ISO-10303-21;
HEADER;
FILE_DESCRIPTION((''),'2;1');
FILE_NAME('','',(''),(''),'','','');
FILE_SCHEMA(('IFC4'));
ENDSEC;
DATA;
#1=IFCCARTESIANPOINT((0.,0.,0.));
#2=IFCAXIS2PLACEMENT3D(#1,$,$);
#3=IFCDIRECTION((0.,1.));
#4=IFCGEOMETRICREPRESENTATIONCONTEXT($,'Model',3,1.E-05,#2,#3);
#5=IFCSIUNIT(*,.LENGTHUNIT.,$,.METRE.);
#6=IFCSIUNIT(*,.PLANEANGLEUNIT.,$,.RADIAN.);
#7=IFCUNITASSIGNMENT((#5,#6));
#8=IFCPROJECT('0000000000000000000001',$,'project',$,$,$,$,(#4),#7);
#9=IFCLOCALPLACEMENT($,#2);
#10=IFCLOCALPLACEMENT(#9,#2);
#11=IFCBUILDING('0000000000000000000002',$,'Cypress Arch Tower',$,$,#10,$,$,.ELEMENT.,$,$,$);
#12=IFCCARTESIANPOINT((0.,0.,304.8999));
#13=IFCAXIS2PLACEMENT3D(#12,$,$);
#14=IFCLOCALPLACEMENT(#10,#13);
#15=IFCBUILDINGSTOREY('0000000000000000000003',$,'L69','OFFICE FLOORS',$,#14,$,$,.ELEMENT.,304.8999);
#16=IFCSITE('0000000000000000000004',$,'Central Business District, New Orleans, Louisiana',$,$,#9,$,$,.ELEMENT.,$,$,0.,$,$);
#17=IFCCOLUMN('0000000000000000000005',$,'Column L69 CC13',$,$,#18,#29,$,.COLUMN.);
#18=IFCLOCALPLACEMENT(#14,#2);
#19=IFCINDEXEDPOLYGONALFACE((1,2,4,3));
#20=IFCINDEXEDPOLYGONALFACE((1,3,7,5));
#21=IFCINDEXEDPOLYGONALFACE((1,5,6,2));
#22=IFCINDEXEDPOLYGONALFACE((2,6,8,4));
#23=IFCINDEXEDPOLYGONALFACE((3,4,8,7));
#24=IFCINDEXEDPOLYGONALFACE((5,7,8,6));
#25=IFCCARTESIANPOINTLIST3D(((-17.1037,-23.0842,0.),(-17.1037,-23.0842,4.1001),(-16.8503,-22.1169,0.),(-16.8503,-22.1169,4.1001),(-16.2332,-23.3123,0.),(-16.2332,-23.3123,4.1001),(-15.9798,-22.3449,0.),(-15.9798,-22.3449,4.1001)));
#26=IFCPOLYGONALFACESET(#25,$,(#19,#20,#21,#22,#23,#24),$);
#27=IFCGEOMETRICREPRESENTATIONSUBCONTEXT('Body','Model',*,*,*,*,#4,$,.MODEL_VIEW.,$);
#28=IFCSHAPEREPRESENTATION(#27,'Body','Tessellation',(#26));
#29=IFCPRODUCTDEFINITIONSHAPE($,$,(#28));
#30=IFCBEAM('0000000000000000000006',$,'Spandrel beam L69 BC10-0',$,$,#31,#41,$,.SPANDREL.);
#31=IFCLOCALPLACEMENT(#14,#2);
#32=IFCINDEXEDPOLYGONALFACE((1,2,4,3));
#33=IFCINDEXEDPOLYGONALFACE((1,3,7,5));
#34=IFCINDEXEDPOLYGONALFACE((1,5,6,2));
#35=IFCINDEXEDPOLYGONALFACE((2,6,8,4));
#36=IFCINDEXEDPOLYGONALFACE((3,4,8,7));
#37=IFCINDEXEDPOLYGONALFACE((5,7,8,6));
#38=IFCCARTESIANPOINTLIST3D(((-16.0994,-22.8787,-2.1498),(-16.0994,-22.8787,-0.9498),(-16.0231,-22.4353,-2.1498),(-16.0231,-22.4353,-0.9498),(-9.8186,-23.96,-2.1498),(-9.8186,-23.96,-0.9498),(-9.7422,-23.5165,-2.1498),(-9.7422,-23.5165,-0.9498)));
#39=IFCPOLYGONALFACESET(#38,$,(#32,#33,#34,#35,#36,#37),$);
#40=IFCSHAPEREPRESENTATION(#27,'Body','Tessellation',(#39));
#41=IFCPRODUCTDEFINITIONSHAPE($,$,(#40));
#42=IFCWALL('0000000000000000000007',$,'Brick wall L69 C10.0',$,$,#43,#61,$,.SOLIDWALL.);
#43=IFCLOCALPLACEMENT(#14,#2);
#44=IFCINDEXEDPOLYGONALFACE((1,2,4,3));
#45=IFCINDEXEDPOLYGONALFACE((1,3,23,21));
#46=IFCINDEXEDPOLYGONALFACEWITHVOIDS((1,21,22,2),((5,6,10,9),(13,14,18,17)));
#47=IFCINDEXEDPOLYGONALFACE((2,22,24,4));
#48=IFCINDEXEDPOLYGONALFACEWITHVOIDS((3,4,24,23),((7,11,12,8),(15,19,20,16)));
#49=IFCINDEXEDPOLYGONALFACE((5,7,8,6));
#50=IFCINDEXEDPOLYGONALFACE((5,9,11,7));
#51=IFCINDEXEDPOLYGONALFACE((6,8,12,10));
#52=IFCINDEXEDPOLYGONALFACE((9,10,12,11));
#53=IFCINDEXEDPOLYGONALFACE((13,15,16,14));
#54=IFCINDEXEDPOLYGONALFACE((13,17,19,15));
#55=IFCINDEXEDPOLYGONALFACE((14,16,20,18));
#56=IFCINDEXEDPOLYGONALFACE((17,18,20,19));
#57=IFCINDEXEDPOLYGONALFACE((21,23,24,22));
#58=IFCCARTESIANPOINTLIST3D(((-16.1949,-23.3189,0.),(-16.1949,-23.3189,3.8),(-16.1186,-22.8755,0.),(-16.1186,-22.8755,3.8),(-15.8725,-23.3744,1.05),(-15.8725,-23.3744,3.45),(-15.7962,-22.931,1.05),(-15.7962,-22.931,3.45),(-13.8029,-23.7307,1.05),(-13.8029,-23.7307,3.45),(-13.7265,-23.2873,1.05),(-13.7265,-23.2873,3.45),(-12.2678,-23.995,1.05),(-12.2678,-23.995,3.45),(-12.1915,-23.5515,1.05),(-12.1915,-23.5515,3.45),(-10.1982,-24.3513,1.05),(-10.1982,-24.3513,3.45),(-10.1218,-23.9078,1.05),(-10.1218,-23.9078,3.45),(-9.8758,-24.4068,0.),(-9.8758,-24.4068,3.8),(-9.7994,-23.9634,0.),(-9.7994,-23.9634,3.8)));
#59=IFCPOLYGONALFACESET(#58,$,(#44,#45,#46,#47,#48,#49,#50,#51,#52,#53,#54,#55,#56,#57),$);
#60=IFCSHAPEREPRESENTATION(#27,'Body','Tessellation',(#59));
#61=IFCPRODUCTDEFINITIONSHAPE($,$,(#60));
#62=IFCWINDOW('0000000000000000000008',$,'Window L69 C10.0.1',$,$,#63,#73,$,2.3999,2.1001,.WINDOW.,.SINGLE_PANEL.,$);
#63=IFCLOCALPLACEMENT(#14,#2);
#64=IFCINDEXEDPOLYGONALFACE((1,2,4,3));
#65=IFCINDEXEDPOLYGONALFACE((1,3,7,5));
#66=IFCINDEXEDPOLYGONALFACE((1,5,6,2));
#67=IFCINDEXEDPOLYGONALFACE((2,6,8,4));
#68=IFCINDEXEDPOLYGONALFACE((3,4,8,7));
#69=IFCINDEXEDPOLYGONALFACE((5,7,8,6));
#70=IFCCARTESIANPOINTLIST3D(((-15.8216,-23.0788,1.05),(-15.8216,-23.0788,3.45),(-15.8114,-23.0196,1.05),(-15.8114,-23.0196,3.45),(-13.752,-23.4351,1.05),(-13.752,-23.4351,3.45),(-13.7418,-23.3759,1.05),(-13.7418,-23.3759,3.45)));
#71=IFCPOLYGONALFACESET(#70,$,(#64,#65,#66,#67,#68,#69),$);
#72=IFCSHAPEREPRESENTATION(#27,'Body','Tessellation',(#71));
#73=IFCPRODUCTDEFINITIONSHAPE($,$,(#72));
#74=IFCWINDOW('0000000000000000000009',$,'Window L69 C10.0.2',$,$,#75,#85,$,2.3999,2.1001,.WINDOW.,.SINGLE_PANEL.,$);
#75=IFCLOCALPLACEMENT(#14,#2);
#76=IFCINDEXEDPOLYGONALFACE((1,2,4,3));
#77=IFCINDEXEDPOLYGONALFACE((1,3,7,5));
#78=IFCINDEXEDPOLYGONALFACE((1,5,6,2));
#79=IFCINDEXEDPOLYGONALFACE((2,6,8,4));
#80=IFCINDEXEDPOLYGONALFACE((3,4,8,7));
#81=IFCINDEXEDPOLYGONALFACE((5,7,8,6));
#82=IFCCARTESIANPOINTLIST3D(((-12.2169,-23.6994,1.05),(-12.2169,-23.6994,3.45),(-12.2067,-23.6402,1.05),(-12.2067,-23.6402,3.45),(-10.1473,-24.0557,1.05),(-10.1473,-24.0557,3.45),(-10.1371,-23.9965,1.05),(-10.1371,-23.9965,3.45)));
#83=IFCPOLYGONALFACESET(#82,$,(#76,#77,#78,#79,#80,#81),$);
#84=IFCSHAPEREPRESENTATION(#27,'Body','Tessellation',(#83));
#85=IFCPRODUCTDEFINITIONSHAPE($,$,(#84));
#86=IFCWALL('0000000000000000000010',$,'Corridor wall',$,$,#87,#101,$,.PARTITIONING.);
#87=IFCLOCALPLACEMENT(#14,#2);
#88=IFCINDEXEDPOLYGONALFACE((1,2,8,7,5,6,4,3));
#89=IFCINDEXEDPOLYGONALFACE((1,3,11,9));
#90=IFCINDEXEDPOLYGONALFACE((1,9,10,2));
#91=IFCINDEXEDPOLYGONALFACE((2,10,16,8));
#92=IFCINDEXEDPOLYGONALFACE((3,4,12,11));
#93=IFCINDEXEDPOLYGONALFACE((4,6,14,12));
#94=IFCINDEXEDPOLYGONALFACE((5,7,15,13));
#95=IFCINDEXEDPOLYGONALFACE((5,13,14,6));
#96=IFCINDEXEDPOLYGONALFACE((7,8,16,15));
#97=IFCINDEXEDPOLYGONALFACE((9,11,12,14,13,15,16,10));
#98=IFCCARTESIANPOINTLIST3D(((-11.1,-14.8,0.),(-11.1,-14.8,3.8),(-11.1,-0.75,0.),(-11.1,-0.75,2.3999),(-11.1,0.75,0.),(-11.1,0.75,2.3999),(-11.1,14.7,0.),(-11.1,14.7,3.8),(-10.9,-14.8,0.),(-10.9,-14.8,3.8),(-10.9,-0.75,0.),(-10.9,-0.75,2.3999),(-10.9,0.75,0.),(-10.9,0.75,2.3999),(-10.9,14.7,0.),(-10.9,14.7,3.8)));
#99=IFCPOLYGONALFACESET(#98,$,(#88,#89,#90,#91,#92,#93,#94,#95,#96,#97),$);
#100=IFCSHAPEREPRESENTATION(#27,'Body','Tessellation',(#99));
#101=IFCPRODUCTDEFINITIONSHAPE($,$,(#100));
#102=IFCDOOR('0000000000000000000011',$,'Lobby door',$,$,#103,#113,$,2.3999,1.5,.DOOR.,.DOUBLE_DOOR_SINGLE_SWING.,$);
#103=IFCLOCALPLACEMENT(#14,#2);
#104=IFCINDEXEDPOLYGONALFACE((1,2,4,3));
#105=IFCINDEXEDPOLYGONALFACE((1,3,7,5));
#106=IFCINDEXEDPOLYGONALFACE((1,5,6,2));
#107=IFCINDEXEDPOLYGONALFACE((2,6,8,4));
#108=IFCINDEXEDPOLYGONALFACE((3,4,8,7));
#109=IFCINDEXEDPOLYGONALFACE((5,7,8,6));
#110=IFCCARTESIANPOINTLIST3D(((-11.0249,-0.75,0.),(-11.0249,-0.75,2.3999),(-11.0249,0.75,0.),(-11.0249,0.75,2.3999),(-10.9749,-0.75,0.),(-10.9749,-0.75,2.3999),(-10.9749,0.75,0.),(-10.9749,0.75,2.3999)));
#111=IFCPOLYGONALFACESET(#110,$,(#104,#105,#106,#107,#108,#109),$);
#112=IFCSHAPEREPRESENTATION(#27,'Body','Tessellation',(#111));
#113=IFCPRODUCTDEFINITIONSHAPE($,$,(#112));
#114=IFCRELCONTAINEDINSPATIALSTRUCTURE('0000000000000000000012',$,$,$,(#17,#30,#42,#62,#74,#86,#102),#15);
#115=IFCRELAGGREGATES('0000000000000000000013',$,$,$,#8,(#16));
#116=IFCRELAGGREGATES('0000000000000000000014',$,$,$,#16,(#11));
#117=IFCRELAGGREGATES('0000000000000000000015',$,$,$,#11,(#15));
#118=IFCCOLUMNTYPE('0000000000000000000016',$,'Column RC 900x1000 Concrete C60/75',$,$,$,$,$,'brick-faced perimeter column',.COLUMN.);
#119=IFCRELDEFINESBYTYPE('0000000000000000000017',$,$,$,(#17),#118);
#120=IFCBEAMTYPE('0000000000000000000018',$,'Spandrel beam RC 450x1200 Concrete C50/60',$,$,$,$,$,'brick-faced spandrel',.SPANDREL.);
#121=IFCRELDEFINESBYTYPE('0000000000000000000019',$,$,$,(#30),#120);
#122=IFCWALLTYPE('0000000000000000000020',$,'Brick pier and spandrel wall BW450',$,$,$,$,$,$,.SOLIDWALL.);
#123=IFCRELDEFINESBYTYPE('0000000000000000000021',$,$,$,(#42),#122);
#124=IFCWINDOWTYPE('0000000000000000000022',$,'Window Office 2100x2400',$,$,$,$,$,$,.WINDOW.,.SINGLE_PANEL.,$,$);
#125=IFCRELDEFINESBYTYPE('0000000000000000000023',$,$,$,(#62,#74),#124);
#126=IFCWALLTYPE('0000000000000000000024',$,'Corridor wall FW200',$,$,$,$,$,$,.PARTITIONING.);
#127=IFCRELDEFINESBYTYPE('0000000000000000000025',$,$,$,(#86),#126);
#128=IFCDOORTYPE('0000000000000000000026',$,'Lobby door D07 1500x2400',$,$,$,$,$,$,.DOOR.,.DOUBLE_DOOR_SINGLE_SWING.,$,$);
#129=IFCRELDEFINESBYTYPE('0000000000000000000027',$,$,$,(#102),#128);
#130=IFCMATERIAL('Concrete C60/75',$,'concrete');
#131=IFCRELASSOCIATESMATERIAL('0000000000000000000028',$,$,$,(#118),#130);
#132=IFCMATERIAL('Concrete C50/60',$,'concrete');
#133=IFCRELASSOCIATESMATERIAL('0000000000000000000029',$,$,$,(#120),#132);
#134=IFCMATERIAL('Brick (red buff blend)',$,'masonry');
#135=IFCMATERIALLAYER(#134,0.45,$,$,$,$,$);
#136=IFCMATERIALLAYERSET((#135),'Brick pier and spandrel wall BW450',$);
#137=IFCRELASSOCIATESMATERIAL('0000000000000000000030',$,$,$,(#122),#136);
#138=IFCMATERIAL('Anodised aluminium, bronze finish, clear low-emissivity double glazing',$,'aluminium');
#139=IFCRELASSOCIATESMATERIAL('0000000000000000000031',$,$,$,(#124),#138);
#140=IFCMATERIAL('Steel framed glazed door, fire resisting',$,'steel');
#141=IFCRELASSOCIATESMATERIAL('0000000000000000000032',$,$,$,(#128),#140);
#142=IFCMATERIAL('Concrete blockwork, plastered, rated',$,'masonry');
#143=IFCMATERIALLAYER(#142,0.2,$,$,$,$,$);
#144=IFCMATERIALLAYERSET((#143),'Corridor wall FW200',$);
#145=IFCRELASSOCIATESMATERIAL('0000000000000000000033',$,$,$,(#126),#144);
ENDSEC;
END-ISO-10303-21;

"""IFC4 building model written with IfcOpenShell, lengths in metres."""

from ifc_helpers import new_model, si_unit, direction, frame, frame_2d, origin, origin_2d, place, context, subcontext, project, spatial, rectangle, extrude, material, layer, layer_set, material_profile, profile_set, type_object, element, fill, save


model = new_model("IFC4")

# Units and contexts
model_context = context("Model", 3, precision=1e-05, world=origin(), true_north=direction((0.0, 1.0)))
body_context = subcontext(model_context, "Body", "Model", "MODEL_VIEW")
ifc_project = project(units=[si_unit("LENGTHUNIT", "METRE"), si_unit("PLANEANGLEUNIT", "RADIAN")], contexts=[model_context])

# Site, building, storey
site_placement = place(None, origin())
site = spatial("IfcSite", under=ifc_project, at=site_placement, Name="Central Business District, New Orleans, Louisiana", CompositionType="ELEMENT", RefElevation=0.0)
building_placement = place(site_placement, origin())
building = spatial("IfcBuilding", under=site, at=building_placement, Name="Cypress Arch Tower", CompositionType="ELEMENT")
storey_placement = place(building_placement, frame((0.0, 0.0, 304.8999)))
storey = spatial("IfcBuildingStorey", under=building, at=storey_placement, Name="L69", Description="OFFICE FLOORS", CompositionType="ELEMENT", Elevation=304.8999)

# Column
ifc_material_1 = material(Name="Concrete C60/75", Category="concrete")
ifc_material_profile_1 = material_profile(ifc_material_1, rectangle(XDim=0.8999, YDim=1.0, at=origin_2d()), Name="RC 900x1000")
ifc_profile_set_1 = profile_set([ifc_material_profile_1], Name="Concrete C60/75")
column_type = type_object("IfcColumnType", Name="Column RC 900x1000 Concrete C60/75", ElementType="brick-faced perimeter column", PredefinedType="COLUMN", material=ifc_profile_set_1)
column_placement = place(storey_placement, frame((-16.5417, -22.7146, 0.0), z_axis=(0.0, 0.0, 1.0), x_axis=(0.967356, -0.253422, 0.0)))
element("IfcColumn", 1, at=column_placement, inside=storey, type_object=column_type, Name="Column L69 CC13", PredefinedType="COLUMN", context=body_context, shape_type="SweptSolid", body=[
    extrude(rectangle(XDim=0.8999, YDim=1.0, at=origin_2d()), origin(), (0.0, 0.0, 1.0), 4.1001),
])

# Beam
ifc_material_2 = material(Name="Concrete C50/60", Category="concrete")
ifc_material_profile_2 = material_profile(ifc_material_2, rectangle(XDim=0.45, YDim=1.2, at=origin_2d()), Name="RC 450x1200")
ifc_profile_set_2 = profile_set([ifc_material_profile_2], Name="Concrete C50/60")
beam_type = type_object("IfcBeamType", Name="Spandrel beam RC 450x1200 Concrete C50/60", ElementType="brick-faced spandrel", PredefinedType="SPANDREL", material=ifc_profile_set_2)
beam_placement = place(storey_placement, frame((-16.0613, -22.657, -1.5498), z_axis=(0.985503, -0.169658, 0.0), x_axis=(0.169658, 0.985503, 0.0)))
element("IfcBeam", 2, at=beam_placement, inside=storey, type_object=beam_type, Name="Spandrel beam L69 BC10-0", PredefinedType="SPANDREL", context=body_context, shape_type="SweptSolid", body=[
    extrude(rectangle(XDim=0.45, YDim=1.2, at=origin_2d()), origin(), (0.0, 0.0, 1.0), 6.3733),
])

# Wall, openings, windows
ifc_material_3 = material(Name="Brick (red buff blend)", Category="masonry")
ifc_layer_1 = layer(ifc_material_3, 0.45)
ifc_layer_set_1 = layer_set([ifc_layer_1], Name="Brick pier and spandrel wall BW450")
wall_type_1 = type_object("IfcWallType", Name="Brick pier and spandrel wall BW450", PredefinedType="SOLIDWALL", material=ifc_layer_set_1)
wall_1_placement = place(storey_placement, frame((-16.1567, -23.0972, 0.0), z_axis=(0.0, 0.0, 1.0), x_axis=(0.985502, -0.169663, 0.0)))
wall_1 = element("IfcWall", 3, at=wall_1_placement, inside=storey, type_object=wall_type_1, Name="Brick wall L69 C10.0", PredefinedType="SOLIDWALL", context=body_context, shape_type="SweptSolid", body=[
    extrude(rectangle(XDim=6.4121, YDim=0.45, at=frame_2d((3.2061, 0.0))), origin(), (0.0, 0.0, 1.0), 3.8),
])
opening_1_placement = place(wall_1_placement, frame((0.3271, 0.0, 1.05)))
opening_1 = element("IfcOpeningElement", 4, at=opening_1_placement, cuts=wall_1, PredefinedType="OPENING", context=body_context, shape_type="SweptSolid", body=[
    extrude(rectangle(XDim=2.1001, YDim=2.3999, at=frame_2d((1.05, 1.2))), frame((0.0, 0.2349, 0.0), z_axis=(0.0, -1.0, 0.0), x_axis=(1.0, 0.0, 0.0)), (0.0, 0.0, 1.0), 0.47),
])
opening_2_placement = place(wall_1_placement, frame((3.9849, 0.0, 1.05)))
opening_2 = element("IfcOpeningElement", 5, at=opening_2_placement, cuts=wall_1, PredefinedType="OPENING", context=body_context, shape_type="SweptSolid", body=[
    extrude(rectangle(XDim=2.1001, YDim=2.3999, at=frame_2d((1.05, 1.2))), frame((0.0, 0.2349, 0.0), z_axis=(0.0, -1.0, 0.0), x_axis=(1.0, 0.0, 0.0)), (0.0, 0.0, 1.0), 0.47),
])
ifc_material_4 = material(Name="Anodised aluminium, bronze finish, clear low-emissivity double glazing", Category="aluminium")
window_type = type_object("IfcWindowType", Name="Window Office 2100x2400", PartitioningType="SINGLE_PANEL", PredefinedType="WINDOW", material=ifc_material_4)
window_1_placement = place(opening_1_placement, origin())
window_1 = element("IfcWindow", 6, at=window_1_placement, inside=storey, type_object=window_type, Name="Window L69 C10.0.1", OverallHeight=2.3999, OverallWidth=2.1001, PartitioningType="SINGLE_PANEL", PredefinedType="WINDOW", context=body_context, shape_type="SweptSolid", body=[
    extrude(rectangle(XDim=2.1001, YDim=2.3999, at=frame_2d((1.05, 1.2))), frame((0.0, 0.135, 0.0), z_axis=(0.0, -1.0, 0.0), x_axis=(1.0, 0.0, 0.0)), (0.0, 0.0, 1.0), 0.0601),
])
fill(opening_1, window_1)
window_2_placement = place(opening_2_placement, origin())
window_2 = element("IfcWindow", 7, at=window_2_placement, inside=storey, type_object=window_type, Name="Window L69 C10.0.2", OverallHeight=2.3999, OverallWidth=2.1001, PartitioningType="SINGLE_PANEL", PredefinedType="WINDOW", context=body_context, shape_type="SweptSolid", body=[
    extrude(rectangle(XDim=2.1001, YDim=2.3999, at=frame_2d((1.05, 1.2))), frame((0.0, 0.135, 0.0), z_axis=(0.0, -1.0, 0.0), x_axis=(1.0, 0.0, 0.0)), (0.0, 0.0, 1.0), 0.0601),
])
fill(opening_2, window_2)

# Shared definitions
ifc_material_5 = material(Name="Steel framed glazed door, fire resisting", Category="steel")
door_type_1 = type_object("IfcDoorType", Name="Lobby door D07 1500x2400", OperationType="DOUBLE_DOOR_SINGLE_SWING", PredefinedType="DOOR", material=ifc_material_5)

# Shared definitions
ifc_material_6 = material(Name="Concrete blockwork, plastered, rated", Category="masonry")
ifc_layer_2 = layer(ifc_material_6, 0.2)
ifc_layer_set_2 = layer_set([ifc_layer_2], Name="Corridor wall FW200")
wall_type_2 = type_object("IfcWallType", Name="Corridor wall FW200", PredefinedType="PARTITIONING", material=ifc_layer_set_2)

# Wall, opening, door
wall_2_placement = place(storey_placement, frame((-11.0, -14.8, 0.0), z_axis=(0.0, 0.0, 1.0), x_axis=(0.0, 1.0, 0.0)))
wall_2 = element("IfcWall", 8, at=wall_2_placement, inside=storey, type_object=wall_type_2, Name="Corridor wall", PredefinedType="PARTITIONING", context=body_context, shape_type="SweptSolid", body=[
    extrude(rectangle(XDim=29.5, YDim=0.2, at=frame_2d((14.75, 0.0))), origin(), (0.0, 0.0, 1.0), 3.8),
])
opening_3_placement = place(wall_2_placement, frame((14.05, 0.0, 0.0)))
opening_3 = element("IfcOpeningElement", 9, at=opening_3_placement, cuts=wall_2, PredefinedType="OPENING", context=body_context, shape_type="SweptSolid", body=[
    extrude(rectangle(XDim=1.5, YDim=2.3999, at=frame_2d((0.75, 1.2))), frame((0.0, 0.1099, 0.0), z_axis=(0.0, -1.0, 0.0), x_axis=(1.0, 0.0, 0.0)), (0.0, 0.0, 1.0), 0.22),
])
door_1_placement = place(opening_3_placement, origin())
door_1 = element("IfcDoor", 10, at=door_1_placement, inside=storey, type_object=door_type_1, Name="Lobby door", OperationType="DOUBLE_DOOR_SINGLE_SWING", OverallHeight=2.3999, OverallWidth=1.5, PredefinedType="DOOR", context=body_context, shape_type="SweptSolid", body=[
    extrude(rectangle(XDim=1.5, YDim=2.3999, at=frame_2d((0.75, 1.2))), frame((0.0, 0.0249, 0.0), z_axis=(0.0, -1.0, 0.0), x_axis=(1.0, 0.0, 0.0)), (0.0, 0.0, 1.0), 0.05),
])
fill(opening_3, door_1)

save(model, "model.ifc")
